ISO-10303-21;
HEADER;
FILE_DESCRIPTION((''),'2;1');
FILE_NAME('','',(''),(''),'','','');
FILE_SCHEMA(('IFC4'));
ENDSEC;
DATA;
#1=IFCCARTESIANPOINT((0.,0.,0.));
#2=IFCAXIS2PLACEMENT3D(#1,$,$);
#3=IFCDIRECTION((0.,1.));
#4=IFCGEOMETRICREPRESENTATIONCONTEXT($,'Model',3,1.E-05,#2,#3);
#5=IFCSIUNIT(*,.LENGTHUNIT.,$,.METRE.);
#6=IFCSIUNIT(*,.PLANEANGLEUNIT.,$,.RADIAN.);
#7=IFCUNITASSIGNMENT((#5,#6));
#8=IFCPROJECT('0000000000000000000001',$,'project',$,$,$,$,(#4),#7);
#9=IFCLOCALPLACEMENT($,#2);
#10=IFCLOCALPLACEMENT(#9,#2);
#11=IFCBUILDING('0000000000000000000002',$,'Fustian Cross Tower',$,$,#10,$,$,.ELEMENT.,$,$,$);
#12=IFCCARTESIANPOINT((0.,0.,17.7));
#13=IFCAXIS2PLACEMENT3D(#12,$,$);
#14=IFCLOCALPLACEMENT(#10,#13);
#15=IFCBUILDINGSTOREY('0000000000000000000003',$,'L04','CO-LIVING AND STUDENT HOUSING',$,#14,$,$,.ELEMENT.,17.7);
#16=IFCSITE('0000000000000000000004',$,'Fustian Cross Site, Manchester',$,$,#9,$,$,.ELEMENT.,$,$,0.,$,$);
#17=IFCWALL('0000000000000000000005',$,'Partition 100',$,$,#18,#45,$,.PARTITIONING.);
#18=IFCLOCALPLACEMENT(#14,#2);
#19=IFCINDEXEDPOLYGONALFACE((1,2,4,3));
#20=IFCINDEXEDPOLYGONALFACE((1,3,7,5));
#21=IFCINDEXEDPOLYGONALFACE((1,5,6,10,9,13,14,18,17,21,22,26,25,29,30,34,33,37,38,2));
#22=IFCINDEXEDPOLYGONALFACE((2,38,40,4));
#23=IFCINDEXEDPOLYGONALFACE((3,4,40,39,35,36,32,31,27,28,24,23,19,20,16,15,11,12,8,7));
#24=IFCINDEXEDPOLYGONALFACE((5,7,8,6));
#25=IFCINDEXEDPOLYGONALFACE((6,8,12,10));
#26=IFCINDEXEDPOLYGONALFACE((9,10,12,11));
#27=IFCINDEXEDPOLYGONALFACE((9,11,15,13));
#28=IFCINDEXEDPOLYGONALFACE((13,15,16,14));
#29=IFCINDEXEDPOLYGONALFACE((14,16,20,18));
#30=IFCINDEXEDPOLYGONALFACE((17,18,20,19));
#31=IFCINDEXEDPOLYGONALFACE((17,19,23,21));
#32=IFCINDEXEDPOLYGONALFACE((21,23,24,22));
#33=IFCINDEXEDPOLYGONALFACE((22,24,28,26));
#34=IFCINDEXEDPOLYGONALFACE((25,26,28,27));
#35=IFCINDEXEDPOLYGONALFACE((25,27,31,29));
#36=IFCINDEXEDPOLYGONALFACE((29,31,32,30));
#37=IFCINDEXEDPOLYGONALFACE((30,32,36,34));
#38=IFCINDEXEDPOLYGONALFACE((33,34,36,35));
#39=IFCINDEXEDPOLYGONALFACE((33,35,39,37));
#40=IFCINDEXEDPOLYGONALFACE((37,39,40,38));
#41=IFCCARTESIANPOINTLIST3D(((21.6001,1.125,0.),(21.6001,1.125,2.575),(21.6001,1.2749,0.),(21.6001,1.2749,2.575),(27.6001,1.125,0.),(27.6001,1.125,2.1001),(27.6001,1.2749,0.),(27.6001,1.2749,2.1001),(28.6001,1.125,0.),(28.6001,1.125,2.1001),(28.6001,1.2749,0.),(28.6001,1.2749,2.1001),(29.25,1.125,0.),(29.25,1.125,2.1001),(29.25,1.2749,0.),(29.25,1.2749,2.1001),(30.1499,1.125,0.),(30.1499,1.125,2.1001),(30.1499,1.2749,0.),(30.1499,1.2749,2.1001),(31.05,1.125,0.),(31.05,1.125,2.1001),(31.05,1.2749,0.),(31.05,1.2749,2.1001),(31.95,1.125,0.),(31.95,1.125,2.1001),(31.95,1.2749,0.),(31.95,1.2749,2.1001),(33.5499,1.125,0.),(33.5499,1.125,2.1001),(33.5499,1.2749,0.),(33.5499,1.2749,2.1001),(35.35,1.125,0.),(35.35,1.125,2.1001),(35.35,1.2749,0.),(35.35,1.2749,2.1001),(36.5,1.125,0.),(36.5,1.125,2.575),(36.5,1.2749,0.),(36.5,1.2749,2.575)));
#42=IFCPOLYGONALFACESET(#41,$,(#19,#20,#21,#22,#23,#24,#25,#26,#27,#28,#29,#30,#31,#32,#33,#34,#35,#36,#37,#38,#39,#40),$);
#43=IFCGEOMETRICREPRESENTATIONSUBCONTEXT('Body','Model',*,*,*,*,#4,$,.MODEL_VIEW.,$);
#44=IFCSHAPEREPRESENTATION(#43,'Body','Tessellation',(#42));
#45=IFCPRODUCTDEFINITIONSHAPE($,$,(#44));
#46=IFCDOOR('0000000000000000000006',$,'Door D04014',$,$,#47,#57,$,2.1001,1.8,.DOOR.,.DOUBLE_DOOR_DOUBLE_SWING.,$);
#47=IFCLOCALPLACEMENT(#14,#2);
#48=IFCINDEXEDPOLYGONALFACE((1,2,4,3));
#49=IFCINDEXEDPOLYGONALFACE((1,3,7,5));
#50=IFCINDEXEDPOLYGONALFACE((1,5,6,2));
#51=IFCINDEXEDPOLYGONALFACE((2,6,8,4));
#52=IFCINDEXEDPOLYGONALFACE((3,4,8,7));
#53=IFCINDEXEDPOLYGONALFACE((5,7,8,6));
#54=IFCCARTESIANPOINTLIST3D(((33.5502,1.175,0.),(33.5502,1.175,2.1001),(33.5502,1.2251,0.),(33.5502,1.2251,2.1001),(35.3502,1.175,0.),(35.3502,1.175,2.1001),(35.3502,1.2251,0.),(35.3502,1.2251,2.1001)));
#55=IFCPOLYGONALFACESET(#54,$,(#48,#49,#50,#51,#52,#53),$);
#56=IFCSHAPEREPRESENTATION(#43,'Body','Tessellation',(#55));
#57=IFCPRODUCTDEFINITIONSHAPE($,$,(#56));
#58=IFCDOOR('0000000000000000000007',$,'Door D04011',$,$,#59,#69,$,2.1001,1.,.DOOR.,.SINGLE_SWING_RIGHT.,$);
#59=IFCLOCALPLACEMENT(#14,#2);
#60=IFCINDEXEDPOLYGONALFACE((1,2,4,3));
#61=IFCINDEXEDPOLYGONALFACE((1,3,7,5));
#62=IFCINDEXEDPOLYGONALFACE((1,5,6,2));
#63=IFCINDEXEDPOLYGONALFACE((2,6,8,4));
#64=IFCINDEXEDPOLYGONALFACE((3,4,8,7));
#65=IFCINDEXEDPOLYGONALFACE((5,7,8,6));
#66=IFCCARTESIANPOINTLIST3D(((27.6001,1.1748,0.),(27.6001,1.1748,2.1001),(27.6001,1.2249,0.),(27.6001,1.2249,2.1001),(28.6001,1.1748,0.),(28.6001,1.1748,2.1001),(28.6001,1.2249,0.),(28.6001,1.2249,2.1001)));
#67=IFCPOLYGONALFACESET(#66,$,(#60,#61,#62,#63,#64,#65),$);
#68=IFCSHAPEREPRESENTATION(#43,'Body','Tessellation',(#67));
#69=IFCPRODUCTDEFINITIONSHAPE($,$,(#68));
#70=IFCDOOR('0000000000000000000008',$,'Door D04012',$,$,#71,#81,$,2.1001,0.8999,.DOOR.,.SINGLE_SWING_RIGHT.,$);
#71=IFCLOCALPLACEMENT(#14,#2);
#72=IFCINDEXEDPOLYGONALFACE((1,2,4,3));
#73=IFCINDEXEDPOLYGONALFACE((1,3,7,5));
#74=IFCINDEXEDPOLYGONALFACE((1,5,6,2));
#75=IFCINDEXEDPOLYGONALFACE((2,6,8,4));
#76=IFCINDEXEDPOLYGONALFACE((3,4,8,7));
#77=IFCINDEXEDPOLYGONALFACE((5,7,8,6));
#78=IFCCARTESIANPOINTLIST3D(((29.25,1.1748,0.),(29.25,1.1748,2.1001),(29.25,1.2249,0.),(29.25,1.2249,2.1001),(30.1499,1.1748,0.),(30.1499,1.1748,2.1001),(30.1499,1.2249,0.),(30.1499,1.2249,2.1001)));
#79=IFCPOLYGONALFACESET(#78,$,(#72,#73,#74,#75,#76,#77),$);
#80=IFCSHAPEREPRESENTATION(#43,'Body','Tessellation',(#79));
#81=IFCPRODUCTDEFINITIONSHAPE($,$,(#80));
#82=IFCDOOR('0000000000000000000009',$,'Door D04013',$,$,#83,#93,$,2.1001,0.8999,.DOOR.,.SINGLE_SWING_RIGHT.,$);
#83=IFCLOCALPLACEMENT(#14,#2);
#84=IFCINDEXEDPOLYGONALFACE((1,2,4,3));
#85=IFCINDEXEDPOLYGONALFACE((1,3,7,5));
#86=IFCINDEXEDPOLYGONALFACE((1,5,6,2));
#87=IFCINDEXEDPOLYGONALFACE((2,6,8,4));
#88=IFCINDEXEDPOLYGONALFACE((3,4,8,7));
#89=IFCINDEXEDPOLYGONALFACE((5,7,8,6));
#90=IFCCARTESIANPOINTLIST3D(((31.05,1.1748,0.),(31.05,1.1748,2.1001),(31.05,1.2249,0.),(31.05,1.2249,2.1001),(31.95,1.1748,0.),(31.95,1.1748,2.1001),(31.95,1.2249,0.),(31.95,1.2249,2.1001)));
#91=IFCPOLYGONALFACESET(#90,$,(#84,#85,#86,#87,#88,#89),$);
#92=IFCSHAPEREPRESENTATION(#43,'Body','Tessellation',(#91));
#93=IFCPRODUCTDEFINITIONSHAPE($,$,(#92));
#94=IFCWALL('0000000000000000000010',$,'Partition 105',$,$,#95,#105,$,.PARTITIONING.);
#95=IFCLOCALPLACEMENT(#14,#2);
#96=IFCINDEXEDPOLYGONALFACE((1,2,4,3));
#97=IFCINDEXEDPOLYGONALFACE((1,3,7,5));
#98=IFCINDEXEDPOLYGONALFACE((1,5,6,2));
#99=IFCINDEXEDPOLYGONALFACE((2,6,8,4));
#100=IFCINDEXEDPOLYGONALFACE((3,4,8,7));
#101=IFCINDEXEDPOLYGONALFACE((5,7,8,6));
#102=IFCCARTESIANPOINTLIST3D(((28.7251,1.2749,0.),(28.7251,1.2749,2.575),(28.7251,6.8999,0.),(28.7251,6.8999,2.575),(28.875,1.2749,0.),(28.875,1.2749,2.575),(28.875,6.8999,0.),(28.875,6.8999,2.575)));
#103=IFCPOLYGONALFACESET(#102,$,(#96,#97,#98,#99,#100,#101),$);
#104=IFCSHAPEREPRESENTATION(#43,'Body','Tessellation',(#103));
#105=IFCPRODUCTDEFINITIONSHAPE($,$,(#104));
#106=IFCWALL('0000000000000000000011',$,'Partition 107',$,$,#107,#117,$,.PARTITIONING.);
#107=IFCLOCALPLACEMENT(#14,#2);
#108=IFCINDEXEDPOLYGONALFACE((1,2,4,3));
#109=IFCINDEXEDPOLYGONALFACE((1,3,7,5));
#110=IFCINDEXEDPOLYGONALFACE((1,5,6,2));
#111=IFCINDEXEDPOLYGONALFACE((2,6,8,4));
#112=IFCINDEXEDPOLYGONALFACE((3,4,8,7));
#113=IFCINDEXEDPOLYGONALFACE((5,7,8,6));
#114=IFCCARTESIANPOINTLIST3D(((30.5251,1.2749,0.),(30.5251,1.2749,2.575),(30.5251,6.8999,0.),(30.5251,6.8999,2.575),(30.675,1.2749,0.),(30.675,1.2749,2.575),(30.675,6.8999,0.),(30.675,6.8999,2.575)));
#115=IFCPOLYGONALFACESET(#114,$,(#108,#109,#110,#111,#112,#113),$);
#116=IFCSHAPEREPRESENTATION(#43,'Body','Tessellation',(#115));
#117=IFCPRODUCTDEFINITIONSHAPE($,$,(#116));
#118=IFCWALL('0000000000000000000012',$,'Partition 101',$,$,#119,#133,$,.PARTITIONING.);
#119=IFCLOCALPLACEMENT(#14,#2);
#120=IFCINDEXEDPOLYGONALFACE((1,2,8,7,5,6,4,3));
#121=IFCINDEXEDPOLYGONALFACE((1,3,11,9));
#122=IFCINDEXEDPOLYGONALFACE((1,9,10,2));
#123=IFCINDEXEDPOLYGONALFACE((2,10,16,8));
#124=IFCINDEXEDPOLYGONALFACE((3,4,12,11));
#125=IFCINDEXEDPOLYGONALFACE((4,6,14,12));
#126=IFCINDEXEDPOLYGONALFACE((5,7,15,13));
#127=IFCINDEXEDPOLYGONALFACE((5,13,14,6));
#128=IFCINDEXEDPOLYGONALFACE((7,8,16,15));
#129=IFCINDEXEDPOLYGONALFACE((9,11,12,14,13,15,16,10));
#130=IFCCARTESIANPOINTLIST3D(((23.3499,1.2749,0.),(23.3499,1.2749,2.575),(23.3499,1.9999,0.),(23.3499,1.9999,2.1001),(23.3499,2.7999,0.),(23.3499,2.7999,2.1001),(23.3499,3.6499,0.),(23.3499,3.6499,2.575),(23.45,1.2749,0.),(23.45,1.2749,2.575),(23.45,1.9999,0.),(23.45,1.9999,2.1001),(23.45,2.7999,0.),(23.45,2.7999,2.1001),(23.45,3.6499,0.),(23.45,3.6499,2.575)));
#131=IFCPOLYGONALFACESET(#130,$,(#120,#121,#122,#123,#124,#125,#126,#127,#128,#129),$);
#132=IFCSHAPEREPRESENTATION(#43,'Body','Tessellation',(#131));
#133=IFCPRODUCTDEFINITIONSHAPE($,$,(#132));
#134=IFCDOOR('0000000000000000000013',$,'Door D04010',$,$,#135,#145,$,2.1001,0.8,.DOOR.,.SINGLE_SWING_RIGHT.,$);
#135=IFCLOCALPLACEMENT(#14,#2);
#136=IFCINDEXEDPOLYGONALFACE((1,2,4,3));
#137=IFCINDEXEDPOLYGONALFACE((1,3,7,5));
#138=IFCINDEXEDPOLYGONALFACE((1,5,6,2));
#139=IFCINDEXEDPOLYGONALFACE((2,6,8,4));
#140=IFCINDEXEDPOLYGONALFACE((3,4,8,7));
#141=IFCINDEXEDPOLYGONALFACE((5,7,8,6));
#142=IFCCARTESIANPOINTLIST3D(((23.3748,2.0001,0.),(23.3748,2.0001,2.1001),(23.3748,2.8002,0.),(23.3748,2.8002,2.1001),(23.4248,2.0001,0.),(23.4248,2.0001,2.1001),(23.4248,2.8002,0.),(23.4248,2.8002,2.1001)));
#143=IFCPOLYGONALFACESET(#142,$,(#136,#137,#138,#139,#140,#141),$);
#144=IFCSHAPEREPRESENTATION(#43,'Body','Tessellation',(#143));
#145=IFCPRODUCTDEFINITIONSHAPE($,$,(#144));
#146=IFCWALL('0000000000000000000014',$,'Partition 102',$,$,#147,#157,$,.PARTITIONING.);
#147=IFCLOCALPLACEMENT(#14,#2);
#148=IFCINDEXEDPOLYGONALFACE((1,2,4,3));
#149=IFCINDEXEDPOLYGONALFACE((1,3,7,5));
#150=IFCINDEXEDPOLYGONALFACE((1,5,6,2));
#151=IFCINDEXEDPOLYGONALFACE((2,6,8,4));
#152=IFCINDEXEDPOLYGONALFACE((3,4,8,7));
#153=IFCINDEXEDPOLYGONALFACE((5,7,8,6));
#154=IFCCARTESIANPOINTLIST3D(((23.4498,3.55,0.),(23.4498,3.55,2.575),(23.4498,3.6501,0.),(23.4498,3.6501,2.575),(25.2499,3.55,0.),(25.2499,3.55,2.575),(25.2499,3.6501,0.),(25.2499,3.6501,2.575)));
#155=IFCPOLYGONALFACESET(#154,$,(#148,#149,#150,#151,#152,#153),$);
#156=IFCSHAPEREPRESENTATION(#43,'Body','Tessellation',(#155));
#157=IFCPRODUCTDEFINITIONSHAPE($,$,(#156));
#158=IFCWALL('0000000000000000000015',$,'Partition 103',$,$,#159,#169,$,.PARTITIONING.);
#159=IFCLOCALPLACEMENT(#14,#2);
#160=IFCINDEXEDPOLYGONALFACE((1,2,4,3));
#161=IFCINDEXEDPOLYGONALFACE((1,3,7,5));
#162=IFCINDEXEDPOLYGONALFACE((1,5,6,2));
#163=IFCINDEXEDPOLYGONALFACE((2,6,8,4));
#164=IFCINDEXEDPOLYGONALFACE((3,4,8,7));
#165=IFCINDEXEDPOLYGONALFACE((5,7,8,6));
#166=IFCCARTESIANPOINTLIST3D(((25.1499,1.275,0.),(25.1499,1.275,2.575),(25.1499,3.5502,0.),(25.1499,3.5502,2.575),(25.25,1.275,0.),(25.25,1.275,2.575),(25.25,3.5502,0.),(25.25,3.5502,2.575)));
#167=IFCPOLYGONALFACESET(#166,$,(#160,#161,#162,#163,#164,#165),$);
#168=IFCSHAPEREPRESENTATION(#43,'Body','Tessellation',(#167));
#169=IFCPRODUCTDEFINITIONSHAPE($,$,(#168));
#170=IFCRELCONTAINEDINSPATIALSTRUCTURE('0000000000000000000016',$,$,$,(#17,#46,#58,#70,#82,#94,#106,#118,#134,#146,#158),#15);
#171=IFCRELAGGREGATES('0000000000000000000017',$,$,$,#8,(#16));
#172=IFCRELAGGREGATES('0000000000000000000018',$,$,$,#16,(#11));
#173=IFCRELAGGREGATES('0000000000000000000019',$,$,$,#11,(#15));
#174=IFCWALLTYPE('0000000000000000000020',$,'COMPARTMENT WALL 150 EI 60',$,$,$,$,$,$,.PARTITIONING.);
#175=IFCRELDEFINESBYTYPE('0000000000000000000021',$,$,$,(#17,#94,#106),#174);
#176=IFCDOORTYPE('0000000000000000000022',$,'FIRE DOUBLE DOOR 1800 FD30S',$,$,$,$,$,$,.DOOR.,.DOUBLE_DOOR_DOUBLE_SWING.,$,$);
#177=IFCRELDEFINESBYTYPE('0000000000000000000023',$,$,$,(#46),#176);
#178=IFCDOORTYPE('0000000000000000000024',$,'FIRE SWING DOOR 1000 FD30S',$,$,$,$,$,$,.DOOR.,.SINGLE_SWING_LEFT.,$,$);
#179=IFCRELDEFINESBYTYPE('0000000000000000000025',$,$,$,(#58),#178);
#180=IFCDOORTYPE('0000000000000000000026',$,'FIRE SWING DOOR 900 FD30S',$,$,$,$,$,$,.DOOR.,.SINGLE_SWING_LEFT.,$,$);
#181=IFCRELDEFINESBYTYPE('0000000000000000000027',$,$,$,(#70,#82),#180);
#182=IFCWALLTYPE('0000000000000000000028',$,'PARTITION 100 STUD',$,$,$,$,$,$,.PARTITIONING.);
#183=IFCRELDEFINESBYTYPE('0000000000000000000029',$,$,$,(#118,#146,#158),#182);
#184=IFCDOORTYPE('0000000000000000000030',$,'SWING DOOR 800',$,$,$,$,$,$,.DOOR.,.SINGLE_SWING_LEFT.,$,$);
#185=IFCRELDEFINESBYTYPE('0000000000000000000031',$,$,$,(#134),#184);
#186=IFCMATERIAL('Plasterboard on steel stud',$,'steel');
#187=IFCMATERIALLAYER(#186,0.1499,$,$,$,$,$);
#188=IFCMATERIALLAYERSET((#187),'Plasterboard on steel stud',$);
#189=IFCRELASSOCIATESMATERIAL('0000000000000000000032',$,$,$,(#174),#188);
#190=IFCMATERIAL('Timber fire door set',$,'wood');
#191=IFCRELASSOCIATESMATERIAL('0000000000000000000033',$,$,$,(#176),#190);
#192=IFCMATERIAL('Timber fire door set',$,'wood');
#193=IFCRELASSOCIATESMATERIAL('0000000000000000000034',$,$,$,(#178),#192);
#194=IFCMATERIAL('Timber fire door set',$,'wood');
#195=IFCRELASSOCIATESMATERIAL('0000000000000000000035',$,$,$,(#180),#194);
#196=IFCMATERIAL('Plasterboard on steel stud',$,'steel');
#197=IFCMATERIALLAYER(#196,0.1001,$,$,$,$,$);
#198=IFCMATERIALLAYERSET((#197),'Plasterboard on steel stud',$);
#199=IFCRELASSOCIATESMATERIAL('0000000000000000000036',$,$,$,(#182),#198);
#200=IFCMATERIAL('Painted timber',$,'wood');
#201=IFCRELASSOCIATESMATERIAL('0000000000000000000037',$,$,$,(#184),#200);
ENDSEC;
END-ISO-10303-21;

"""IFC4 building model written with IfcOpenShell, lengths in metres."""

from ifc_helpers import new_model, si_unit, direction, frame, frame_2d, origin, place, context, subcontext, project, spatial, rectangle, extrude, material, layer, layer_set, type_object, element, fill, save


model = new_model("IFC4")

# Units and contexts
model_context = context("Model", 3, precision=1e-05, world=origin(), true_north=direction((0.0, 1.0)))
body_context = subcontext(model_context, "Body", "Model", "MODEL_VIEW")
ifc_project = project(units=[si_unit("LENGTHUNIT", "METRE"), si_unit("PLANEANGLEUNIT", "RADIAN")], contexts=[model_context])

# Site, building, storey
site_placement = place(None, origin())
site = spatial("IfcSite", under=ifc_project, at=site_placement, Name="Fustian Cross Site, Manchester", CompositionType="ELEMENT", RefElevation=0.0)
building_placement = place(site_placement, origin())
building = spatial("IfcBuilding", under=site, at=building_placement, Name="Fustian Cross Tower", CompositionType="ELEMENT")
storey_placement = place(building_placement, frame((0.0, 0.0, 17.7)))
storey = spatial("IfcBuildingStorey", under=building, at=storey_placement, Name="L04", Description="CO-LIVING AND STUDENT HOUSING", CompositionType="ELEMENT", Elevation=17.7)

# Wall, openings, doors
ifc_material_1 = material(Name="Plasterboard on steel stud", Category="steel")
ifc_layer_1 = layer(ifc_material_1, 0.1499)
ifc_layer_set_1 = layer_set([ifc_layer_1], Name="Plasterboard on steel stud")
wall_type_1 = type_object("IfcWallType", Name="COMPARTMENT WALL 150 EI 60", PredefinedType="PARTITIONING", material=ifc_layer_set_1)
wall_1_placement = place(storey_placement, frame((21.6001, 1.2, 0.0), z_axis=(0.0, 0.0, 1.0), x_axis=(1.0, 0.0, 0.0)))
wall_1 = element("IfcWall", 1, at=wall_1_placement, inside=storey, type_object=wall_type_1, Name="Partition 100", PredefinedType="PARTITIONING", context=body_context, shape_type="SweptSolid", body=[
    extrude(rectangle(XDim=14.8999, YDim=0.1499, at=frame_2d((7.45, 0.0))), origin(), (0.0, 0.0, 1.0), 2.575),
])
opening_1_placement = place(wall_1_placement, frame((6.0, 0.0, 0.0)))
opening_1 = element("IfcOpeningElement", 2, at=opening_1_placement, cuts=wall_1, PredefinedType="OPENING", context=body_context, shape_type="SweptSolid", body=[
    extrude(rectangle(XDim=1.0, YDim=2.1001, at=frame_2d((0.5, 1.05))), frame((0.0, 0.085, 0.0), z_axis=(0.0, -1.0, 0.0), x_axis=(1.0, 0.0, 0.0)), (0.0, 0.0, 1.0), 0.1699),
])
opening_2_placement = place(wall_1_placement, frame((7.6499, 0.0, 0.0)))
opening_2 = element("IfcOpeningElement", 3, at=opening_2_placement, cuts=wall_1, PredefinedType="OPENING", context=body_context, shape_type="SweptSolid", body=[
    extrude(rectangle(XDim=0.8999, YDim=2.1001, at=frame_2d((0.45, 1.05))), frame((0.0, 0.085, 0.0), z_axis=(0.0, -1.0, 0.0), x_axis=(1.0, 0.0, 0.0)), (0.0, 0.0, 1.0), 0.1699),
])
opening_3_placement = place(wall_1_placement, frame((9.45, 0.0, 0.0)))
opening_3 = element("IfcOpeningElement", 4, at=opening_3_placement, cuts=wall_1, PredefinedType="OPENING", context=body_context, shape_type="SweptSolid", body=[
    extrude(rectangle(XDim=0.8999, YDim=2.1001, at=frame_2d((0.45, 1.05))), frame((0.0, 0.085, 0.0), z_axis=(0.0, -1.0, 0.0), x_axis=(1.0, 0.0, 0.0)), (0.0, 0.0, 1.0), 0.1699),
])
opening_4_placement = place(wall_1_placement, frame((11.95, 0.0, 0.0)))
opening_4 = element("IfcOpeningElement", 5, at=opening_4_placement, cuts=wall_1, PredefinedType="OPENING", context=body_context, shape_type="SweptSolid", body=[
    extrude(rectangle(XDim=1.8, YDim=2.1001, at=frame_2d((0.8999, 1.05))), frame((0.0, 0.085, 0.0), z_axis=(0.0, -1.0, 0.0), x_axis=(1.0, 0.0, 0.0)), (0.0, 0.0, 1.0), 0.1699),
])
ifc_material_2 = material(Name="Timber fire door set", Category="wood")
door_type_1 = type_object("IfcDoorType", Name="FIRE DOUBLE DOOR 1800 FD30S", OperationType="DOUBLE_DOOR_DOUBLE_SWING", PredefinedType="DOOR", material=ifc_material_2)
door_1_placement = place(opening_4_placement, frame((1.8, 0.0, 0.0), z_axis=(0.0, 0.0, 1.0), x_axis=(-1.0, 0.0, 0.0)))
door_1 = element("IfcDoor", 6, at=door_1_placement, inside=storey, type_object=door_type_1, Name="Door D04014", OperationType="DOUBLE_DOOR_DOUBLE_SWING", OverallHeight=2.1001, OverallWidth=1.8, PredefinedType="DOOR", context=body_context, shape_type="SweptSolid", body=[
    extrude(rectangle(XDim=1.8, YDim=2.1001, at=frame_2d((0.8999, 1.05))), frame((0.0, 0.0249, 0.0), z_axis=(0.0, -1.0, 0.0), x_axis=(1.0, 0.0, 0.0)), (0.0, 0.0, 1.0), 0.05),
])
fill(opening_4, door_1)
ifc_material_3 = material(Name="Timber fire door set", Category="wood")
door_type_2 = type_object("IfcDoorType", Name="FIRE SWING DOOR 1000 FD30S", OperationType="SINGLE_SWING_LEFT", PredefinedType="DOOR", material=ifc_material_3)
door_2_placement = place(opening_1_placement, origin())
door_2 = element("IfcDoor", 7, at=door_2_placement, inside=storey, type_object=door_type_2, Name="Door D04011", OperationType="SINGLE_SWING_RIGHT", OverallHeight=2.1001, OverallWidth=1.0, PredefinedType="DOOR", context=body_context, shape_type="SweptSolid", body=[
    extrude(rectangle(XDim=1.0, YDim=2.1001, at=frame_2d((0.5, 1.05))), frame((0.0, 0.0249, 0.0), z_axis=(0.0, -1.0, 0.0), x_axis=(1.0, 0.0, 0.0)), (0.0, 0.0, 1.0), 0.05),
])
fill(opening_1, door_2)
ifc_material_4 = material(Name="Timber fire door set", Category="wood")
door_type_3 = type_object("IfcDoorType", Name="FIRE SWING DOOR 900 FD30S", OperationType="SINGLE_SWING_LEFT", PredefinedType="DOOR", material=ifc_material_4)
door_3_placement = place(opening_2_placement, origin())
door_3 = element("IfcDoor", 8, at=door_3_placement, inside=storey, type_object=door_type_3, Name="Door D04012", OperationType="SINGLE_SWING_RIGHT", OverallHeight=2.1001, OverallWidth=0.8999, PredefinedType="DOOR", context=body_context, shape_type="SweptSolid", body=[
    extrude(rectangle(XDim=0.8999, YDim=2.1001, at=frame_2d((0.45, 1.05))), frame((0.0, 0.0249, 0.0), z_axis=(0.0, -1.0, 0.0), x_axis=(1.0, 0.0, 0.0)), (0.0, 0.0, 1.0), 0.05),
])
fill(opening_2, door_3)
door_4_placement = place(opening_3_placement, origin())
door_4 = element("IfcDoor", 9, at=door_4_placement, inside=storey, type_object=door_type_3, Name="Door D04013", OperationType="SINGLE_SWING_RIGHT", OverallHeight=2.1001, OverallWidth=0.8999, PredefinedType="DOOR", context=body_context, shape_type="SweptSolid", body=[
    extrude(rectangle(XDim=0.8999, YDim=2.1001, at=frame_2d((0.45, 1.05))), frame((0.0, 0.0249, 0.0), z_axis=(0.0, -1.0, 0.0), x_axis=(1.0, 0.0, 0.0)), (0.0, 0.0, 1.0), 0.05),
])
fill(opening_3, door_4)

# Walls
for number, where, z_axis, x_axis, name in (
    (10, (28.8, 1.2749, 0.0), (0.0, 0.0, 1.0), (0.0, 1.0, 0.0), "Partition 105"),
    (11, (30.6001, 1.2749, 0.0), (0.0, 0.0, 1.0), (0.0, 1.0, 0.0), "Partition 107"),
):
    element("IfcWall", number, at=place(storey_placement, frame(where, z_axis=z_axis, x_axis=x_axis)), inside=storey, type_object=wall_type_1, Name=name, PredefinedType="PARTITIONING", context=body_context, shape_type="SweptSolid", body=[
        extrude(rectangle(XDim=5.625, YDim=0.1499, at=frame_2d((2.8125, 0.0))), origin(), (0.0, 0.0, 1.0), 2.575),
    ])

# Wall, opening, door
ifc_material_5 = material(Name="Plasterboard on steel stud", Category="steel")
ifc_layer_2 = layer(ifc_material_5, 0.1001)
ifc_layer_set_2 = layer_set([ifc_layer_2], Name="Plasterboard on steel stud")
wall_type_2 = type_object("IfcWallType", Name="PARTITION 100 STUD", PredefinedType="PARTITIONING", material=ifc_layer_set_2)
wall_2_placement = place(storey_placement, frame((23.3999, 1.2749, 0.0), z_axis=(0.0, 0.0, 1.0), x_axis=(0.0, 1.0, 0.0)))
wall_2 = element("IfcWall", 12, at=wall_2_placement, inside=storey, type_object=wall_type_2, Name="Partition 101", PredefinedType="PARTITIONING", context=body_context, shape_type="SweptSolid", body=[
    extrude(rectangle(XDim=2.375, YDim=0.1001, at=frame_2d((1.1875, 0.0))), origin(), (0.0, 0.0, 1.0), 2.575),
])
opening_5_placement = place(wall_2_placement, frame((0.7251, 0.0, 0.0)))
opening_5 = element("IfcOpeningElement", 13, at=opening_5_placement, cuts=wall_2, PredefinedType="OPENING", context=body_context, shape_type="SweptSolid", body=[
    extrude(rectangle(XDim=0.8, YDim=2.1001, at=frame_2d((0.3999, 1.05))), frame((0.0, 0.0601, 0.0), z_axis=(0.0, -1.0, 0.0), x_axis=(1.0, 0.0, 0.0)), (0.0, 0.0, 1.0), 0.1201),
])
ifc_material_6 = material(Name="Painted timber", Category="wood")
door_type_4 = type_object("IfcDoorType", Name="SWING DOOR 800", OperationType="SINGLE_SWING_LEFT", PredefinedType="DOOR", material=ifc_material_6)
door_5_placement = place(opening_5_placement, frame((0.8, 0.0, 0.0), z_axis=(0.0, 0.0, 1.0), x_axis=(-1.0, 0.0, 0.0)))
door_5 = element("IfcDoor", 14, at=door_5_placement, inside=storey, type_object=door_type_4, Name="Door D04010", OperationType="SINGLE_SWING_RIGHT", OverallHeight=2.1001, OverallWidth=0.8, PredefinedType="DOOR", context=body_context, shape_type="SweptSolid", body=[
    extrude(rectangle(XDim=0.8, YDim=2.1001, at=frame_2d((0.3999, 1.05))), frame((0.0, 0.0249, 0.0), z_axis=(0.0, -1.0, 0.0), x_axis=(1.0, 0.0, 0.0)), (0.0, 0.0, 1.0), 0.05),
])
fill(opening_5, door_5)

# Walls
wall_3_placement = place(storey_placement, frame((23.45, 3.6001, 0.0), z_axis=(0.0, 0.0, 1.0), x_axis=(1.0, 0.0, 0.0)))
element("IfcWall", 15, at=wall_3_placement, inside=storey, type_object=wall_type_2, Name="Partition 102", PredefinedType="PARTITIONING", context=body_context, shape_type="SweptSolid", body=[
    extrude(rectangle(XDim=1.8, YDim=0.1001, at=frame_2d((0.8999, 0.0))), origin(), (0.0, 0.0, 1.0), 2.575),
])
wall_4_placement = place(storey_placement, frame((25.2, 1.2749, 0.0), z_axis=(0.0, 0.0, 1.0), x_axis=(0.0, 1.0, 0.0)))
element("IfcWall", 16, at=wall_4_placement, inside=storey, type_object=wall_type_2, Name="Partition 103", PredefinedType="PARTITIONING", context=body_context, shape_type="SweptSolid", body=[
    extrude(rectangle(XDim=2.2751, YDim=0.1001, at=frame_2d((1.1377, 0.0))), origin(), (0.0, 0.0, 1.0), 2.575),
])

save(model, "model.ifc")
